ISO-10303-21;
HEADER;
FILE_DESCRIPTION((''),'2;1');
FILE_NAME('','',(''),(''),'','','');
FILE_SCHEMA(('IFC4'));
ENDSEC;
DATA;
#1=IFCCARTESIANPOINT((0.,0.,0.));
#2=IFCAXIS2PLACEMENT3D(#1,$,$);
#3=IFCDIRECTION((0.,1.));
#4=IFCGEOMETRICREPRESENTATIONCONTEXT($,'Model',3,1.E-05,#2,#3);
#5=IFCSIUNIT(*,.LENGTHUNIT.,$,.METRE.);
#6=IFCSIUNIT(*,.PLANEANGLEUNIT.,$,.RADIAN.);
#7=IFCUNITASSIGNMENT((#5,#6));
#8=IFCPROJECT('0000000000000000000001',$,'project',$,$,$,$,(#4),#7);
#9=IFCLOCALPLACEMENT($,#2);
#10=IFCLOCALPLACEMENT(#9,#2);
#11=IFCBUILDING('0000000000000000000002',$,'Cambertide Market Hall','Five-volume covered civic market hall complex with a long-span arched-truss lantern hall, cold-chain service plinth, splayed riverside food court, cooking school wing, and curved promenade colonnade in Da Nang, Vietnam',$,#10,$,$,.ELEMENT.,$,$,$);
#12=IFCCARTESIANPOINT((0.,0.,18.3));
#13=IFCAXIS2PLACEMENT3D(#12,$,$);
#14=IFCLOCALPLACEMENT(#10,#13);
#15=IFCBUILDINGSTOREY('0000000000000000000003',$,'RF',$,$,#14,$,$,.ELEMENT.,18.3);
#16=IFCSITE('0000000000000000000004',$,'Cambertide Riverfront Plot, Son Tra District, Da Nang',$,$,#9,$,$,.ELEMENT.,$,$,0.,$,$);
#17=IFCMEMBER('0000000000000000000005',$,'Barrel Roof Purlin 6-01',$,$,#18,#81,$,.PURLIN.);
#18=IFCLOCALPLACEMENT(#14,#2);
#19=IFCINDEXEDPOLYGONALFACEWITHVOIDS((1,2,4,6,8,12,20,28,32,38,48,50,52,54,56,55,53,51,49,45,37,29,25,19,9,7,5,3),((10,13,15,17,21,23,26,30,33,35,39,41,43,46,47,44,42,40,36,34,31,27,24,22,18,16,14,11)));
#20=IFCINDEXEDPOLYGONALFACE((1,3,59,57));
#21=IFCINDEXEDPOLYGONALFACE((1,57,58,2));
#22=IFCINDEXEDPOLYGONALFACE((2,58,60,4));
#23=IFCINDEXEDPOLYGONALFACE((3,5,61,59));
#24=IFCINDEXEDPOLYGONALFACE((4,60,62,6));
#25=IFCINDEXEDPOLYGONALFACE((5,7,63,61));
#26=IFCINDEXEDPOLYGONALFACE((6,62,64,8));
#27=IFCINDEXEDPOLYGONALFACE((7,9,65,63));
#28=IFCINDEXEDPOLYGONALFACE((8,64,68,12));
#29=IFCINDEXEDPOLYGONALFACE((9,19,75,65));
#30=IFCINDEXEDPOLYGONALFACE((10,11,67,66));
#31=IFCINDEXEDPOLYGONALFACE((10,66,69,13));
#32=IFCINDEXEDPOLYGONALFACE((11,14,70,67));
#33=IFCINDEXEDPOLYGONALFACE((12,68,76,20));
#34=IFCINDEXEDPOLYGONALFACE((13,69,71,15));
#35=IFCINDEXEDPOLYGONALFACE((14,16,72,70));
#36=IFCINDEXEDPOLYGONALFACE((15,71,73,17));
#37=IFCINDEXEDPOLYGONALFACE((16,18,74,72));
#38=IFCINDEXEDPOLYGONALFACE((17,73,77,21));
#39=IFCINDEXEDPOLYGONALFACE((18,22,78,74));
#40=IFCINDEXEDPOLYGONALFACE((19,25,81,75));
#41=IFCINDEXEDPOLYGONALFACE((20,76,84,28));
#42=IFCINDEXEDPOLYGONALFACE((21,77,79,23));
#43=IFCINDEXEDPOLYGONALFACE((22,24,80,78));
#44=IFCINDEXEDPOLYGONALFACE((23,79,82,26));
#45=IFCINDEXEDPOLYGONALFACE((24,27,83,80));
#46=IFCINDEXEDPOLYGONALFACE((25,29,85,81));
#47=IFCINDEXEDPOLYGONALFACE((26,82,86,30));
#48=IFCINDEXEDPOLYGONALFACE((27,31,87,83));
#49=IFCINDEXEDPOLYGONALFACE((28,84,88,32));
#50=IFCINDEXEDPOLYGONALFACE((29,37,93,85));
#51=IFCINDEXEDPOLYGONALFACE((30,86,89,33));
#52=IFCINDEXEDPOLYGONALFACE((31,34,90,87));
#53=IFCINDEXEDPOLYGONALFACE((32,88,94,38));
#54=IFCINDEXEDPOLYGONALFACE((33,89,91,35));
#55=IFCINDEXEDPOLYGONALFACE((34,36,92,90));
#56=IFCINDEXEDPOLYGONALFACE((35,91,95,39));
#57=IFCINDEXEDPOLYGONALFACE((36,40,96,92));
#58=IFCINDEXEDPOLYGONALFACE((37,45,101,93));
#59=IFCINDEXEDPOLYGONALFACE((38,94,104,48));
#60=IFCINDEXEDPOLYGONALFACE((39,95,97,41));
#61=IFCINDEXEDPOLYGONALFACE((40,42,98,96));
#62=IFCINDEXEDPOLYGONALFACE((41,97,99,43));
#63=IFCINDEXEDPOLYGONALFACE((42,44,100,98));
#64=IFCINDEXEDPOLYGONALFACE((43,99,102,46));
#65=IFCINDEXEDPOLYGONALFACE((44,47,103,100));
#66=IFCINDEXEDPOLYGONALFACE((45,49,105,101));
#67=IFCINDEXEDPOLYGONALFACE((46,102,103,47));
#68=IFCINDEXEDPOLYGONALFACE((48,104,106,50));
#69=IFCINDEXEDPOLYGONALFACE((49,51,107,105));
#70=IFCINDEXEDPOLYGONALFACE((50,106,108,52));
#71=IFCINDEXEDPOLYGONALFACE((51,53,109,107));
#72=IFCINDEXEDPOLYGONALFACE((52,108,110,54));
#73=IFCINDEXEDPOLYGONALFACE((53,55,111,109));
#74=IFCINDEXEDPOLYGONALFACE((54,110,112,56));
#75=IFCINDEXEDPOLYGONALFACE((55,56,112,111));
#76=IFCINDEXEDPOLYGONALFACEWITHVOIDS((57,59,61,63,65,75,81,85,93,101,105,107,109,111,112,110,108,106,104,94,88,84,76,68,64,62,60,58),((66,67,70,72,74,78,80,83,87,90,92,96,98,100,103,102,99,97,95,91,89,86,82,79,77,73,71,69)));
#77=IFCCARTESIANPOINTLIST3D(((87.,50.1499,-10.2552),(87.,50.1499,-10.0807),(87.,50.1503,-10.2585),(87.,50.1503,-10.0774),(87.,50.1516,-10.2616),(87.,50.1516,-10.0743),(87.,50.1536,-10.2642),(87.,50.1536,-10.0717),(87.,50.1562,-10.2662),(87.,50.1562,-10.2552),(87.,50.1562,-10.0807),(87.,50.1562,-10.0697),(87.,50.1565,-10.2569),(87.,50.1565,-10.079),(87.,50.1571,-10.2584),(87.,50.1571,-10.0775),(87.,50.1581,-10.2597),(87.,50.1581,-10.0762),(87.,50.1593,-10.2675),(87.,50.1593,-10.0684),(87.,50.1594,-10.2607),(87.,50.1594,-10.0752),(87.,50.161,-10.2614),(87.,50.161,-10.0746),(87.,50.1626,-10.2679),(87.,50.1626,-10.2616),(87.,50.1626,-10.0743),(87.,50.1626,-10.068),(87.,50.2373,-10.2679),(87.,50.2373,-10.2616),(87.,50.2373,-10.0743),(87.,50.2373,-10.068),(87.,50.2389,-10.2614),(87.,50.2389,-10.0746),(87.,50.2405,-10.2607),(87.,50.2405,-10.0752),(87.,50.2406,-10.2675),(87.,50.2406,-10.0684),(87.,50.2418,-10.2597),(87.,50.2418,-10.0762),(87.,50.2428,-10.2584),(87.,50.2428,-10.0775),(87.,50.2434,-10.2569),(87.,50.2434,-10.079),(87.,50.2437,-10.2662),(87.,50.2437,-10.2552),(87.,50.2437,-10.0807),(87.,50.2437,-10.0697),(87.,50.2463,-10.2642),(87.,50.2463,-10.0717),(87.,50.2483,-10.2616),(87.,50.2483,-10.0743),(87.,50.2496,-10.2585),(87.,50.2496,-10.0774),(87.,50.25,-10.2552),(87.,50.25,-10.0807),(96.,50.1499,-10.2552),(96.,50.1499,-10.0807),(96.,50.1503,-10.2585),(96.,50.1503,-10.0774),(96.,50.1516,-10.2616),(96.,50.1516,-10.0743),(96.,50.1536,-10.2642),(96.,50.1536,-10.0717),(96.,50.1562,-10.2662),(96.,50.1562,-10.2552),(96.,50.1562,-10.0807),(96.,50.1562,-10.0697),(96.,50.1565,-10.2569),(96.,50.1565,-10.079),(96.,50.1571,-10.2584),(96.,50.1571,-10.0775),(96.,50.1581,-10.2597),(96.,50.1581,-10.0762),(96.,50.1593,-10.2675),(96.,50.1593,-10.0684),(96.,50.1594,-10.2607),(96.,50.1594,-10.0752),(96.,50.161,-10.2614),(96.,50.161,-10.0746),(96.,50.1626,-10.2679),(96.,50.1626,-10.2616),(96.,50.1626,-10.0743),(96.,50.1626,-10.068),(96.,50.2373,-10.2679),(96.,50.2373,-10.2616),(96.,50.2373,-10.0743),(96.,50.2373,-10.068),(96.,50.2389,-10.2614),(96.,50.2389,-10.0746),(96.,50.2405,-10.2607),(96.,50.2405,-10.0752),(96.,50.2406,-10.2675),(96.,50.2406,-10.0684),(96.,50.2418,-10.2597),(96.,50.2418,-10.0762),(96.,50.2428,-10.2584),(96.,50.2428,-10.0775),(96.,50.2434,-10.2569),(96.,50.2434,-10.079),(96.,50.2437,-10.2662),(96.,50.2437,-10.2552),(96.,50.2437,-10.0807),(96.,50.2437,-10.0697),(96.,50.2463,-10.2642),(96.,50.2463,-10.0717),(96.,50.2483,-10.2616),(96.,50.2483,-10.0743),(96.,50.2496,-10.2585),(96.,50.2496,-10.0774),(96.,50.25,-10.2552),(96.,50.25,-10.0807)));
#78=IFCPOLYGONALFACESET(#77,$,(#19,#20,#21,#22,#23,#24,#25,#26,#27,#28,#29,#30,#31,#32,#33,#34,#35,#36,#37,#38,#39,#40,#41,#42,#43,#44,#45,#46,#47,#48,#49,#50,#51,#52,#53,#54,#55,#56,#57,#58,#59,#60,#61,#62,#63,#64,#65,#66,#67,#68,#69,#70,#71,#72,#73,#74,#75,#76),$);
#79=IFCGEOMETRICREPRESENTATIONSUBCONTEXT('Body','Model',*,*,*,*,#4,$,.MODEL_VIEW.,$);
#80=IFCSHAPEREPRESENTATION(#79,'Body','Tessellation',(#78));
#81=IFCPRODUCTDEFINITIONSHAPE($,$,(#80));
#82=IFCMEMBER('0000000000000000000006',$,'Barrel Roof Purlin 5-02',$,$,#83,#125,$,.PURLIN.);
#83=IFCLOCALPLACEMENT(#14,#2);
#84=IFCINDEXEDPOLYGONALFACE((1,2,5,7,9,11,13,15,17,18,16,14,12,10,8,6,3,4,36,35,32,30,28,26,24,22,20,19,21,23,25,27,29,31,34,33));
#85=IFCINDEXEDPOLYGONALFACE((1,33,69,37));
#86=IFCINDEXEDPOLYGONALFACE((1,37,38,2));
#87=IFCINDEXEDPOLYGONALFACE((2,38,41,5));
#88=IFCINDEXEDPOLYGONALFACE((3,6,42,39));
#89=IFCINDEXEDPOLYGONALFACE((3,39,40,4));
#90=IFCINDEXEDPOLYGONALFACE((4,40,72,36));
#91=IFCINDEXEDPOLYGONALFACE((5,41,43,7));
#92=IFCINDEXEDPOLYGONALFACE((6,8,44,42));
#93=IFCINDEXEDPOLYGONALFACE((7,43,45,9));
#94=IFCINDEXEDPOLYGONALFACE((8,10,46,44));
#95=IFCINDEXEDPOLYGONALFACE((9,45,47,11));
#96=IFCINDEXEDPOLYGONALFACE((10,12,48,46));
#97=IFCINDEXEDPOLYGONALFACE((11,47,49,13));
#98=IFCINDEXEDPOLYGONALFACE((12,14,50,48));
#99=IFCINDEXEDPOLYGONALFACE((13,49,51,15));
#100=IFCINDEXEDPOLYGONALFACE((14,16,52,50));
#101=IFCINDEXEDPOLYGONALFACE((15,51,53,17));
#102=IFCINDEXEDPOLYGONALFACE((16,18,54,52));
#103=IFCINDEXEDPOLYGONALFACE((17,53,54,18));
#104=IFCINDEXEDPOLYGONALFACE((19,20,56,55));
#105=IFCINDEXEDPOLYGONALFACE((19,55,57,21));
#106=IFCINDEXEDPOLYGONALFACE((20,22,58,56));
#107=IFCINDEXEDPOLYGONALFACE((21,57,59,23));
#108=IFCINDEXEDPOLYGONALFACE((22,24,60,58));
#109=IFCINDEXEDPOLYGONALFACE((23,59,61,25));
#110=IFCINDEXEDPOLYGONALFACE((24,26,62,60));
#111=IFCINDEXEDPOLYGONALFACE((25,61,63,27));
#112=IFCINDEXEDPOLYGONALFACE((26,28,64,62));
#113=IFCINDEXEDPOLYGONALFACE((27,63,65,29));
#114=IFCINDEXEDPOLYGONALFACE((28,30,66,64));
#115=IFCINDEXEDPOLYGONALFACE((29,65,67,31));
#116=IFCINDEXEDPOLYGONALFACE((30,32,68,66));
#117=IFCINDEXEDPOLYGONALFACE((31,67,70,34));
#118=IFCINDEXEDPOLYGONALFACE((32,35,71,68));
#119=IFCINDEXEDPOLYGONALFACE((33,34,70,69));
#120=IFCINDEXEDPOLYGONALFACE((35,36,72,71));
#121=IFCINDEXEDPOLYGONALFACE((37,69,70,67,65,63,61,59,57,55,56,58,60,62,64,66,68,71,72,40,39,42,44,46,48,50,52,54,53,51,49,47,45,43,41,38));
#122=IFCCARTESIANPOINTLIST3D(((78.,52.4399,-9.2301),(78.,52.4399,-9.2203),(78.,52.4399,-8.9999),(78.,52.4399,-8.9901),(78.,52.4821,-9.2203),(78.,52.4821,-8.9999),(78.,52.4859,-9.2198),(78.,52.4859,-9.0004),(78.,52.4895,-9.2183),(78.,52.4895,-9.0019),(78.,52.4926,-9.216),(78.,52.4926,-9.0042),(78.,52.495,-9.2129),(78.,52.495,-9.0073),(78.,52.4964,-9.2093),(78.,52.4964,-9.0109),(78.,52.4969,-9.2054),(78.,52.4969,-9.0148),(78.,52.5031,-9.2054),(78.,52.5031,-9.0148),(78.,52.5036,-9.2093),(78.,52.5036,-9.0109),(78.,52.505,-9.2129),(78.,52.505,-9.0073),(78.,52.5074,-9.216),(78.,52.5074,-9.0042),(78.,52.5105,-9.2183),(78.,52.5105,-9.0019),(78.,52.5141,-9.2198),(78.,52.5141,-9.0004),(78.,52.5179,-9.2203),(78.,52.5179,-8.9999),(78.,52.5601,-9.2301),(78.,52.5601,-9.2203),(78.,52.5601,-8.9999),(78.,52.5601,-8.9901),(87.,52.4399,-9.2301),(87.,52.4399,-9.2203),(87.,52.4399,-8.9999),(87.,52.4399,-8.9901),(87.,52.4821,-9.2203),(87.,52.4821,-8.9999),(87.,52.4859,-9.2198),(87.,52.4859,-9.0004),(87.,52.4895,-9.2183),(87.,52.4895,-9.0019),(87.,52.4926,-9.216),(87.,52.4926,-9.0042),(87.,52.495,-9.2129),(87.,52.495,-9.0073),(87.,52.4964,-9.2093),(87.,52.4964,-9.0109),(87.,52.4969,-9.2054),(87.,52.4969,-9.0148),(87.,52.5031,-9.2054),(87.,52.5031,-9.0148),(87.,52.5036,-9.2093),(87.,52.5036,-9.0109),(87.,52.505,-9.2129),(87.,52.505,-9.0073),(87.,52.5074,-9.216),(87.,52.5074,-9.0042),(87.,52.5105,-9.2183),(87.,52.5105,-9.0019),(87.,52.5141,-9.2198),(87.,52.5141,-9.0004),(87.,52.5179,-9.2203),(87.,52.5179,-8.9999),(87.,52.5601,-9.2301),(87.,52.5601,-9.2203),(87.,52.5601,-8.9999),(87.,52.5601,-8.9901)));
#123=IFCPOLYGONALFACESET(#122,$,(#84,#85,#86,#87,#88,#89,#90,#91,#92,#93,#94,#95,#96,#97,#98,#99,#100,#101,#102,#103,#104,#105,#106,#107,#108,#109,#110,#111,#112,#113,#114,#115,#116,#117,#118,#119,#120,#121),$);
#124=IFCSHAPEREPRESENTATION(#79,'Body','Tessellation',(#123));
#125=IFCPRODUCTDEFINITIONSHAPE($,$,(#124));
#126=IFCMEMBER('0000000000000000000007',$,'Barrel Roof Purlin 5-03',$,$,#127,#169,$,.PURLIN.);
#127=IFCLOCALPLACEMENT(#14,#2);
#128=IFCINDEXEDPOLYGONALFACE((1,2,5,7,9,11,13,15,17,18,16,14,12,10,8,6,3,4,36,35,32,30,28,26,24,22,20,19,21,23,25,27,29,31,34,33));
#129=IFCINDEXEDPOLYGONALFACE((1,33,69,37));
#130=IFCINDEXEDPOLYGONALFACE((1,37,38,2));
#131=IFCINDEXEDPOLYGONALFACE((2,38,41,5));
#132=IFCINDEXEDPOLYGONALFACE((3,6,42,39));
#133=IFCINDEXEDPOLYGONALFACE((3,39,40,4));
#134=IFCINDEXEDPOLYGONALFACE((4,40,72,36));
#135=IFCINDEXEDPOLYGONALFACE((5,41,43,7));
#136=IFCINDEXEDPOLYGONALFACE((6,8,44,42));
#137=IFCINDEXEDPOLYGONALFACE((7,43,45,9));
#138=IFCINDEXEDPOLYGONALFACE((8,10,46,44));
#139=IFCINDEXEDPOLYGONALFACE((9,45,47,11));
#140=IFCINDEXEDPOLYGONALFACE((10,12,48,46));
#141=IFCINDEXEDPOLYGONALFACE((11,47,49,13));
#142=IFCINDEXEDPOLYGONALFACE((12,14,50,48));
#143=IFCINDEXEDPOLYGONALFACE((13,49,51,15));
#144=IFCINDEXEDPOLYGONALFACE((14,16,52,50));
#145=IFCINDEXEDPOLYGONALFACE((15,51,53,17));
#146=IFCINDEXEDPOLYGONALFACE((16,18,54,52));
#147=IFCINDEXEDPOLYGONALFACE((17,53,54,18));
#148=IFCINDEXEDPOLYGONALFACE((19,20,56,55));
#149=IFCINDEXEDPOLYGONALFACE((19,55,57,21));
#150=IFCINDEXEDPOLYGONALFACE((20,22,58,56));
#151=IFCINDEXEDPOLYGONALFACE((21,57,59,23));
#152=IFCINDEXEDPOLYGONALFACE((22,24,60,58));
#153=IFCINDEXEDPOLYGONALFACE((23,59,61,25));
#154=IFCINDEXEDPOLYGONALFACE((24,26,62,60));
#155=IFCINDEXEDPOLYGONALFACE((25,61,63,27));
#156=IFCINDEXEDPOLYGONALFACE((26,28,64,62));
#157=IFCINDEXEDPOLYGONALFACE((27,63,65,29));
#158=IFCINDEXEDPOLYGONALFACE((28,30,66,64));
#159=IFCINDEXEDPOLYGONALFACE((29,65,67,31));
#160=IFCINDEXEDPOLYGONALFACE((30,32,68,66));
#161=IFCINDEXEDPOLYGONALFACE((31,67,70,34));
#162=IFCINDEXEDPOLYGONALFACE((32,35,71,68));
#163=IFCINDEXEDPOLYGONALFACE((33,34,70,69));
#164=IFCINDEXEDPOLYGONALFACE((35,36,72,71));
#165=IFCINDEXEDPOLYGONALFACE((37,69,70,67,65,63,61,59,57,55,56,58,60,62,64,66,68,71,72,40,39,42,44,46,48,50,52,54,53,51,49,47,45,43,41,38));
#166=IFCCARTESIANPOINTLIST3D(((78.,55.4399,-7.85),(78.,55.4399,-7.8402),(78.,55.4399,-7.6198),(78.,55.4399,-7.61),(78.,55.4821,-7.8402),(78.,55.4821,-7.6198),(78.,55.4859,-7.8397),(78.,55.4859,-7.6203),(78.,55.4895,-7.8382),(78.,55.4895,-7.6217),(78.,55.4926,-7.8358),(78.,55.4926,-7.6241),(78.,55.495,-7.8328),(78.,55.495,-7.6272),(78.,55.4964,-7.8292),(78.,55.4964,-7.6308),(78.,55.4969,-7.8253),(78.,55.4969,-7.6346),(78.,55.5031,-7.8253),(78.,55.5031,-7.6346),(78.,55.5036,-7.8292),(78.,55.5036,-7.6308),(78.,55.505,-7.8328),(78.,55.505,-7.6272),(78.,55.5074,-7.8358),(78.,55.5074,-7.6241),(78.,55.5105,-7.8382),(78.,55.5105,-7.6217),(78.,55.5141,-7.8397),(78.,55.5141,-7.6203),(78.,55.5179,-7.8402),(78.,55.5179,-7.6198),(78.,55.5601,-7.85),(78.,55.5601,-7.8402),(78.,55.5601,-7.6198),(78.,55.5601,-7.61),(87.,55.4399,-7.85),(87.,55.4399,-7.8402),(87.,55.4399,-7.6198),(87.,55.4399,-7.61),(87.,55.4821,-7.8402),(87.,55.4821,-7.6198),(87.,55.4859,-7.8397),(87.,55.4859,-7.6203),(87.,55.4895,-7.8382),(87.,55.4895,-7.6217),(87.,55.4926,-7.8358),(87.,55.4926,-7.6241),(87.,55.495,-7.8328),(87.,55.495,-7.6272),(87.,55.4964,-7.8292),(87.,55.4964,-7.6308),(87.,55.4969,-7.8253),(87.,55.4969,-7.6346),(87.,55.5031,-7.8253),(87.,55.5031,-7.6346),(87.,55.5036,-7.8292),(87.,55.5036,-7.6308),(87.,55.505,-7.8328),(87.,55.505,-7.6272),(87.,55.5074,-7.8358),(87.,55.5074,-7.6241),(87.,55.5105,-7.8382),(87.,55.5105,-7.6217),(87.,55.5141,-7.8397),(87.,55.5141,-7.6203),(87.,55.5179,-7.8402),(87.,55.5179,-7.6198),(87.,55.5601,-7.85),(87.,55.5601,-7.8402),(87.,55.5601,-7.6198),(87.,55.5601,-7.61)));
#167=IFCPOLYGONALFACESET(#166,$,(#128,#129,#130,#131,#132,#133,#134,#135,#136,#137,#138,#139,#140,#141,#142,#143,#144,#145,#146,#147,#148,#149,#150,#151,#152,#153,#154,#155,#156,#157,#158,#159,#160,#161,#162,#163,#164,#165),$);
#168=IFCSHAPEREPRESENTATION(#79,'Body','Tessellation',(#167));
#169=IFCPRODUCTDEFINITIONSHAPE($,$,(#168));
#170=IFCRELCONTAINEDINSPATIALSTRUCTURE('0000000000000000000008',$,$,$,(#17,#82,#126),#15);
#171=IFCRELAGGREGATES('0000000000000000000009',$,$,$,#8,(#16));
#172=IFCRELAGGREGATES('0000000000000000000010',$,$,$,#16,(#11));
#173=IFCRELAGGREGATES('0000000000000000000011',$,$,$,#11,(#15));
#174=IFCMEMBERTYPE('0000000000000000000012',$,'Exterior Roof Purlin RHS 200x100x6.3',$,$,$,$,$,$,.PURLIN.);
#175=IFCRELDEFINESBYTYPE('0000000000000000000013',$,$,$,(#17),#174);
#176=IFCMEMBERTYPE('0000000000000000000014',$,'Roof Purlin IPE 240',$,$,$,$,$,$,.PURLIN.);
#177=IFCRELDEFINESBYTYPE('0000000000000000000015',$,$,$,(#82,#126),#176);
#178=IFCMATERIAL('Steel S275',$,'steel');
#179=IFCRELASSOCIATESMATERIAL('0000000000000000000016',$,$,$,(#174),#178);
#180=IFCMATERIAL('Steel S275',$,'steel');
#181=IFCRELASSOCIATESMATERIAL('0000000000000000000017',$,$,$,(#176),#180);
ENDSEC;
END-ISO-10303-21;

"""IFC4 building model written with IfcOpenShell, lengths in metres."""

from ifc_helpers import new_model, si_unit, direction, frame, origin, origin_2d, place, context, subcontext, project, spatial, hollow_rectangle, i_section, extrude, material, material_profile, profile_set, type_object, element, save


model = new_model("IFC4")

# Units and contexts
model_context = context("Model", 3, precision=1e-05, world=origin(), true_north=direction((0.0, 1.0)))
body_context = subcontext(model_context, "Body", "Model", "MODEL_VIEW")
ifc_project = project(units=[si_unit("LENGTHUNIT", "METRE"), si_unit("PLANEANGLEUNIT", "RADIAN")], contexts=[model_context])

# Site, building, storey
site_placement = place(None, origin())
site = spatial("IfcSite", under=ifc_project, at=site_placement, Name="Cambertide Riverfront Plot, Son Tra District, Da Nang", CompositionType="ELEMENT", RefElevation=0.0)
building_placement = place(site_placement, origin())
building = spatial("IfcBuilding", under=site, at=building_placement, Name="Cambertide Market Hall", Description="Five-volume covered civic market hall complex with a long-span arched-truss lantern hall, cold-chain service plinth, splayed riverside food court, cooking school wing, and curved promenade colonnade in Da Nang, Vietnam", CompositionType="ELEMENT")
storey_placement = place(building_placement, frame((0.0, 0.0, 18.3)))
storey = spatial("IfcBuildingStorey", under=building, at=storey_placement, Name="RF", CompositionType="ELEMENT", Elevation=18.3)

# Members
ifc_material_1 = material(Name="Steel S275", Category="steel")
ifc_material_profile_1 = material_profile(ifc_material_1, hollow_rectangle(XDim=0.1001, YDim=0.2, WallThickness=0.0063, InnerFilletRadius=0.0063, OuterFilletRadius=0.0127, at=origin_2d()), Name="RHS 200x100x6.3")
ifc_profile_set_1 = profile_set([ifc_material_profile_1], Name="Steel S275")
member_type_1 = type_object("IfcMemberType", Name="Exterior Roof Purlin RHS 200x100x6.3", PredefinedType="PURLIN", material=ifc_profile_set_1)
member_1_placement = place(storey_placement, frame((87.0, 50.2, -10.168), z_axis=(1.0, 0.0, 0.0), x_axis=(0.0, 1.0, 0.0)))
element("IfcMember", 1, at=member_1_placement, inside=storey, type_object=member_type_1, Name="Barrel Roof Purlin 6-01", PredefinedType="PURLIN", context=body_context, shape_type="SweptSolid", body=[
    extrude(hollow_rectangle(XDim=0.1001, YDim=0.2, WallThickness=0.0063, InnerFilletRadius=0.0063, OuterFilletRadius=0.0127, at=origin_2d()), origin(), (0.0, 0.0, 1.0), 9.0),
])
ifc_material_2 = material(Name="Steel S275", Category="steel")
ifc_material_profile_2 = material_profile(ifc_material_2, i_section(OverallWidth=0.1201, OverallDepth=0.24, WebThickness=0.0061, FlangeThickness=0.0098, FilletRadius=0.0149, at=origin_2d()), Name="IPE 240")
ifc_profile_set_2 = profile_set([ifc_material_profile_2], Name="Steel S275")
member_type_2 = type_object("IfcMemberType", Name="Roof Purlin IPE 240", PredefinedType="PURLIN", material=ifc_profile_set_2)
for number, where, z_axis, x_axis, name in (
    (2, (78.0, 52.5, -9.1101), (1.0, 0.0, 0.0), (0.0, 1.0, 0.0), "Barrel Roof Purlin 5-02"),
    (3, (78.0, 55.5, -7.73), (1.0, 0.0, 0.0), (0.0, 1.0, 0.0), "Barrel Roof Purlin 5-03"),
):
    element("IfcMember", number, at=place(storey_placement, frame(where, z_axis=z_axis, x_axis=x_axis)), inside=storey, type_object=member_type_2, Name=name, PredefinedType="PURLIN", context=body_context, shape_type="SweptSolid", body=[
        extrude(i_section(OverallWidth=0.1201, OverallDepth=0.24, WebThickness=0.0061, FlangeThickness=0.0098, FilletRadius=0.0149, at=origin_2d()), origin(), (0.0, 0.0, 1.0), 9.0),
    ])

save(model, "model.ifc")
